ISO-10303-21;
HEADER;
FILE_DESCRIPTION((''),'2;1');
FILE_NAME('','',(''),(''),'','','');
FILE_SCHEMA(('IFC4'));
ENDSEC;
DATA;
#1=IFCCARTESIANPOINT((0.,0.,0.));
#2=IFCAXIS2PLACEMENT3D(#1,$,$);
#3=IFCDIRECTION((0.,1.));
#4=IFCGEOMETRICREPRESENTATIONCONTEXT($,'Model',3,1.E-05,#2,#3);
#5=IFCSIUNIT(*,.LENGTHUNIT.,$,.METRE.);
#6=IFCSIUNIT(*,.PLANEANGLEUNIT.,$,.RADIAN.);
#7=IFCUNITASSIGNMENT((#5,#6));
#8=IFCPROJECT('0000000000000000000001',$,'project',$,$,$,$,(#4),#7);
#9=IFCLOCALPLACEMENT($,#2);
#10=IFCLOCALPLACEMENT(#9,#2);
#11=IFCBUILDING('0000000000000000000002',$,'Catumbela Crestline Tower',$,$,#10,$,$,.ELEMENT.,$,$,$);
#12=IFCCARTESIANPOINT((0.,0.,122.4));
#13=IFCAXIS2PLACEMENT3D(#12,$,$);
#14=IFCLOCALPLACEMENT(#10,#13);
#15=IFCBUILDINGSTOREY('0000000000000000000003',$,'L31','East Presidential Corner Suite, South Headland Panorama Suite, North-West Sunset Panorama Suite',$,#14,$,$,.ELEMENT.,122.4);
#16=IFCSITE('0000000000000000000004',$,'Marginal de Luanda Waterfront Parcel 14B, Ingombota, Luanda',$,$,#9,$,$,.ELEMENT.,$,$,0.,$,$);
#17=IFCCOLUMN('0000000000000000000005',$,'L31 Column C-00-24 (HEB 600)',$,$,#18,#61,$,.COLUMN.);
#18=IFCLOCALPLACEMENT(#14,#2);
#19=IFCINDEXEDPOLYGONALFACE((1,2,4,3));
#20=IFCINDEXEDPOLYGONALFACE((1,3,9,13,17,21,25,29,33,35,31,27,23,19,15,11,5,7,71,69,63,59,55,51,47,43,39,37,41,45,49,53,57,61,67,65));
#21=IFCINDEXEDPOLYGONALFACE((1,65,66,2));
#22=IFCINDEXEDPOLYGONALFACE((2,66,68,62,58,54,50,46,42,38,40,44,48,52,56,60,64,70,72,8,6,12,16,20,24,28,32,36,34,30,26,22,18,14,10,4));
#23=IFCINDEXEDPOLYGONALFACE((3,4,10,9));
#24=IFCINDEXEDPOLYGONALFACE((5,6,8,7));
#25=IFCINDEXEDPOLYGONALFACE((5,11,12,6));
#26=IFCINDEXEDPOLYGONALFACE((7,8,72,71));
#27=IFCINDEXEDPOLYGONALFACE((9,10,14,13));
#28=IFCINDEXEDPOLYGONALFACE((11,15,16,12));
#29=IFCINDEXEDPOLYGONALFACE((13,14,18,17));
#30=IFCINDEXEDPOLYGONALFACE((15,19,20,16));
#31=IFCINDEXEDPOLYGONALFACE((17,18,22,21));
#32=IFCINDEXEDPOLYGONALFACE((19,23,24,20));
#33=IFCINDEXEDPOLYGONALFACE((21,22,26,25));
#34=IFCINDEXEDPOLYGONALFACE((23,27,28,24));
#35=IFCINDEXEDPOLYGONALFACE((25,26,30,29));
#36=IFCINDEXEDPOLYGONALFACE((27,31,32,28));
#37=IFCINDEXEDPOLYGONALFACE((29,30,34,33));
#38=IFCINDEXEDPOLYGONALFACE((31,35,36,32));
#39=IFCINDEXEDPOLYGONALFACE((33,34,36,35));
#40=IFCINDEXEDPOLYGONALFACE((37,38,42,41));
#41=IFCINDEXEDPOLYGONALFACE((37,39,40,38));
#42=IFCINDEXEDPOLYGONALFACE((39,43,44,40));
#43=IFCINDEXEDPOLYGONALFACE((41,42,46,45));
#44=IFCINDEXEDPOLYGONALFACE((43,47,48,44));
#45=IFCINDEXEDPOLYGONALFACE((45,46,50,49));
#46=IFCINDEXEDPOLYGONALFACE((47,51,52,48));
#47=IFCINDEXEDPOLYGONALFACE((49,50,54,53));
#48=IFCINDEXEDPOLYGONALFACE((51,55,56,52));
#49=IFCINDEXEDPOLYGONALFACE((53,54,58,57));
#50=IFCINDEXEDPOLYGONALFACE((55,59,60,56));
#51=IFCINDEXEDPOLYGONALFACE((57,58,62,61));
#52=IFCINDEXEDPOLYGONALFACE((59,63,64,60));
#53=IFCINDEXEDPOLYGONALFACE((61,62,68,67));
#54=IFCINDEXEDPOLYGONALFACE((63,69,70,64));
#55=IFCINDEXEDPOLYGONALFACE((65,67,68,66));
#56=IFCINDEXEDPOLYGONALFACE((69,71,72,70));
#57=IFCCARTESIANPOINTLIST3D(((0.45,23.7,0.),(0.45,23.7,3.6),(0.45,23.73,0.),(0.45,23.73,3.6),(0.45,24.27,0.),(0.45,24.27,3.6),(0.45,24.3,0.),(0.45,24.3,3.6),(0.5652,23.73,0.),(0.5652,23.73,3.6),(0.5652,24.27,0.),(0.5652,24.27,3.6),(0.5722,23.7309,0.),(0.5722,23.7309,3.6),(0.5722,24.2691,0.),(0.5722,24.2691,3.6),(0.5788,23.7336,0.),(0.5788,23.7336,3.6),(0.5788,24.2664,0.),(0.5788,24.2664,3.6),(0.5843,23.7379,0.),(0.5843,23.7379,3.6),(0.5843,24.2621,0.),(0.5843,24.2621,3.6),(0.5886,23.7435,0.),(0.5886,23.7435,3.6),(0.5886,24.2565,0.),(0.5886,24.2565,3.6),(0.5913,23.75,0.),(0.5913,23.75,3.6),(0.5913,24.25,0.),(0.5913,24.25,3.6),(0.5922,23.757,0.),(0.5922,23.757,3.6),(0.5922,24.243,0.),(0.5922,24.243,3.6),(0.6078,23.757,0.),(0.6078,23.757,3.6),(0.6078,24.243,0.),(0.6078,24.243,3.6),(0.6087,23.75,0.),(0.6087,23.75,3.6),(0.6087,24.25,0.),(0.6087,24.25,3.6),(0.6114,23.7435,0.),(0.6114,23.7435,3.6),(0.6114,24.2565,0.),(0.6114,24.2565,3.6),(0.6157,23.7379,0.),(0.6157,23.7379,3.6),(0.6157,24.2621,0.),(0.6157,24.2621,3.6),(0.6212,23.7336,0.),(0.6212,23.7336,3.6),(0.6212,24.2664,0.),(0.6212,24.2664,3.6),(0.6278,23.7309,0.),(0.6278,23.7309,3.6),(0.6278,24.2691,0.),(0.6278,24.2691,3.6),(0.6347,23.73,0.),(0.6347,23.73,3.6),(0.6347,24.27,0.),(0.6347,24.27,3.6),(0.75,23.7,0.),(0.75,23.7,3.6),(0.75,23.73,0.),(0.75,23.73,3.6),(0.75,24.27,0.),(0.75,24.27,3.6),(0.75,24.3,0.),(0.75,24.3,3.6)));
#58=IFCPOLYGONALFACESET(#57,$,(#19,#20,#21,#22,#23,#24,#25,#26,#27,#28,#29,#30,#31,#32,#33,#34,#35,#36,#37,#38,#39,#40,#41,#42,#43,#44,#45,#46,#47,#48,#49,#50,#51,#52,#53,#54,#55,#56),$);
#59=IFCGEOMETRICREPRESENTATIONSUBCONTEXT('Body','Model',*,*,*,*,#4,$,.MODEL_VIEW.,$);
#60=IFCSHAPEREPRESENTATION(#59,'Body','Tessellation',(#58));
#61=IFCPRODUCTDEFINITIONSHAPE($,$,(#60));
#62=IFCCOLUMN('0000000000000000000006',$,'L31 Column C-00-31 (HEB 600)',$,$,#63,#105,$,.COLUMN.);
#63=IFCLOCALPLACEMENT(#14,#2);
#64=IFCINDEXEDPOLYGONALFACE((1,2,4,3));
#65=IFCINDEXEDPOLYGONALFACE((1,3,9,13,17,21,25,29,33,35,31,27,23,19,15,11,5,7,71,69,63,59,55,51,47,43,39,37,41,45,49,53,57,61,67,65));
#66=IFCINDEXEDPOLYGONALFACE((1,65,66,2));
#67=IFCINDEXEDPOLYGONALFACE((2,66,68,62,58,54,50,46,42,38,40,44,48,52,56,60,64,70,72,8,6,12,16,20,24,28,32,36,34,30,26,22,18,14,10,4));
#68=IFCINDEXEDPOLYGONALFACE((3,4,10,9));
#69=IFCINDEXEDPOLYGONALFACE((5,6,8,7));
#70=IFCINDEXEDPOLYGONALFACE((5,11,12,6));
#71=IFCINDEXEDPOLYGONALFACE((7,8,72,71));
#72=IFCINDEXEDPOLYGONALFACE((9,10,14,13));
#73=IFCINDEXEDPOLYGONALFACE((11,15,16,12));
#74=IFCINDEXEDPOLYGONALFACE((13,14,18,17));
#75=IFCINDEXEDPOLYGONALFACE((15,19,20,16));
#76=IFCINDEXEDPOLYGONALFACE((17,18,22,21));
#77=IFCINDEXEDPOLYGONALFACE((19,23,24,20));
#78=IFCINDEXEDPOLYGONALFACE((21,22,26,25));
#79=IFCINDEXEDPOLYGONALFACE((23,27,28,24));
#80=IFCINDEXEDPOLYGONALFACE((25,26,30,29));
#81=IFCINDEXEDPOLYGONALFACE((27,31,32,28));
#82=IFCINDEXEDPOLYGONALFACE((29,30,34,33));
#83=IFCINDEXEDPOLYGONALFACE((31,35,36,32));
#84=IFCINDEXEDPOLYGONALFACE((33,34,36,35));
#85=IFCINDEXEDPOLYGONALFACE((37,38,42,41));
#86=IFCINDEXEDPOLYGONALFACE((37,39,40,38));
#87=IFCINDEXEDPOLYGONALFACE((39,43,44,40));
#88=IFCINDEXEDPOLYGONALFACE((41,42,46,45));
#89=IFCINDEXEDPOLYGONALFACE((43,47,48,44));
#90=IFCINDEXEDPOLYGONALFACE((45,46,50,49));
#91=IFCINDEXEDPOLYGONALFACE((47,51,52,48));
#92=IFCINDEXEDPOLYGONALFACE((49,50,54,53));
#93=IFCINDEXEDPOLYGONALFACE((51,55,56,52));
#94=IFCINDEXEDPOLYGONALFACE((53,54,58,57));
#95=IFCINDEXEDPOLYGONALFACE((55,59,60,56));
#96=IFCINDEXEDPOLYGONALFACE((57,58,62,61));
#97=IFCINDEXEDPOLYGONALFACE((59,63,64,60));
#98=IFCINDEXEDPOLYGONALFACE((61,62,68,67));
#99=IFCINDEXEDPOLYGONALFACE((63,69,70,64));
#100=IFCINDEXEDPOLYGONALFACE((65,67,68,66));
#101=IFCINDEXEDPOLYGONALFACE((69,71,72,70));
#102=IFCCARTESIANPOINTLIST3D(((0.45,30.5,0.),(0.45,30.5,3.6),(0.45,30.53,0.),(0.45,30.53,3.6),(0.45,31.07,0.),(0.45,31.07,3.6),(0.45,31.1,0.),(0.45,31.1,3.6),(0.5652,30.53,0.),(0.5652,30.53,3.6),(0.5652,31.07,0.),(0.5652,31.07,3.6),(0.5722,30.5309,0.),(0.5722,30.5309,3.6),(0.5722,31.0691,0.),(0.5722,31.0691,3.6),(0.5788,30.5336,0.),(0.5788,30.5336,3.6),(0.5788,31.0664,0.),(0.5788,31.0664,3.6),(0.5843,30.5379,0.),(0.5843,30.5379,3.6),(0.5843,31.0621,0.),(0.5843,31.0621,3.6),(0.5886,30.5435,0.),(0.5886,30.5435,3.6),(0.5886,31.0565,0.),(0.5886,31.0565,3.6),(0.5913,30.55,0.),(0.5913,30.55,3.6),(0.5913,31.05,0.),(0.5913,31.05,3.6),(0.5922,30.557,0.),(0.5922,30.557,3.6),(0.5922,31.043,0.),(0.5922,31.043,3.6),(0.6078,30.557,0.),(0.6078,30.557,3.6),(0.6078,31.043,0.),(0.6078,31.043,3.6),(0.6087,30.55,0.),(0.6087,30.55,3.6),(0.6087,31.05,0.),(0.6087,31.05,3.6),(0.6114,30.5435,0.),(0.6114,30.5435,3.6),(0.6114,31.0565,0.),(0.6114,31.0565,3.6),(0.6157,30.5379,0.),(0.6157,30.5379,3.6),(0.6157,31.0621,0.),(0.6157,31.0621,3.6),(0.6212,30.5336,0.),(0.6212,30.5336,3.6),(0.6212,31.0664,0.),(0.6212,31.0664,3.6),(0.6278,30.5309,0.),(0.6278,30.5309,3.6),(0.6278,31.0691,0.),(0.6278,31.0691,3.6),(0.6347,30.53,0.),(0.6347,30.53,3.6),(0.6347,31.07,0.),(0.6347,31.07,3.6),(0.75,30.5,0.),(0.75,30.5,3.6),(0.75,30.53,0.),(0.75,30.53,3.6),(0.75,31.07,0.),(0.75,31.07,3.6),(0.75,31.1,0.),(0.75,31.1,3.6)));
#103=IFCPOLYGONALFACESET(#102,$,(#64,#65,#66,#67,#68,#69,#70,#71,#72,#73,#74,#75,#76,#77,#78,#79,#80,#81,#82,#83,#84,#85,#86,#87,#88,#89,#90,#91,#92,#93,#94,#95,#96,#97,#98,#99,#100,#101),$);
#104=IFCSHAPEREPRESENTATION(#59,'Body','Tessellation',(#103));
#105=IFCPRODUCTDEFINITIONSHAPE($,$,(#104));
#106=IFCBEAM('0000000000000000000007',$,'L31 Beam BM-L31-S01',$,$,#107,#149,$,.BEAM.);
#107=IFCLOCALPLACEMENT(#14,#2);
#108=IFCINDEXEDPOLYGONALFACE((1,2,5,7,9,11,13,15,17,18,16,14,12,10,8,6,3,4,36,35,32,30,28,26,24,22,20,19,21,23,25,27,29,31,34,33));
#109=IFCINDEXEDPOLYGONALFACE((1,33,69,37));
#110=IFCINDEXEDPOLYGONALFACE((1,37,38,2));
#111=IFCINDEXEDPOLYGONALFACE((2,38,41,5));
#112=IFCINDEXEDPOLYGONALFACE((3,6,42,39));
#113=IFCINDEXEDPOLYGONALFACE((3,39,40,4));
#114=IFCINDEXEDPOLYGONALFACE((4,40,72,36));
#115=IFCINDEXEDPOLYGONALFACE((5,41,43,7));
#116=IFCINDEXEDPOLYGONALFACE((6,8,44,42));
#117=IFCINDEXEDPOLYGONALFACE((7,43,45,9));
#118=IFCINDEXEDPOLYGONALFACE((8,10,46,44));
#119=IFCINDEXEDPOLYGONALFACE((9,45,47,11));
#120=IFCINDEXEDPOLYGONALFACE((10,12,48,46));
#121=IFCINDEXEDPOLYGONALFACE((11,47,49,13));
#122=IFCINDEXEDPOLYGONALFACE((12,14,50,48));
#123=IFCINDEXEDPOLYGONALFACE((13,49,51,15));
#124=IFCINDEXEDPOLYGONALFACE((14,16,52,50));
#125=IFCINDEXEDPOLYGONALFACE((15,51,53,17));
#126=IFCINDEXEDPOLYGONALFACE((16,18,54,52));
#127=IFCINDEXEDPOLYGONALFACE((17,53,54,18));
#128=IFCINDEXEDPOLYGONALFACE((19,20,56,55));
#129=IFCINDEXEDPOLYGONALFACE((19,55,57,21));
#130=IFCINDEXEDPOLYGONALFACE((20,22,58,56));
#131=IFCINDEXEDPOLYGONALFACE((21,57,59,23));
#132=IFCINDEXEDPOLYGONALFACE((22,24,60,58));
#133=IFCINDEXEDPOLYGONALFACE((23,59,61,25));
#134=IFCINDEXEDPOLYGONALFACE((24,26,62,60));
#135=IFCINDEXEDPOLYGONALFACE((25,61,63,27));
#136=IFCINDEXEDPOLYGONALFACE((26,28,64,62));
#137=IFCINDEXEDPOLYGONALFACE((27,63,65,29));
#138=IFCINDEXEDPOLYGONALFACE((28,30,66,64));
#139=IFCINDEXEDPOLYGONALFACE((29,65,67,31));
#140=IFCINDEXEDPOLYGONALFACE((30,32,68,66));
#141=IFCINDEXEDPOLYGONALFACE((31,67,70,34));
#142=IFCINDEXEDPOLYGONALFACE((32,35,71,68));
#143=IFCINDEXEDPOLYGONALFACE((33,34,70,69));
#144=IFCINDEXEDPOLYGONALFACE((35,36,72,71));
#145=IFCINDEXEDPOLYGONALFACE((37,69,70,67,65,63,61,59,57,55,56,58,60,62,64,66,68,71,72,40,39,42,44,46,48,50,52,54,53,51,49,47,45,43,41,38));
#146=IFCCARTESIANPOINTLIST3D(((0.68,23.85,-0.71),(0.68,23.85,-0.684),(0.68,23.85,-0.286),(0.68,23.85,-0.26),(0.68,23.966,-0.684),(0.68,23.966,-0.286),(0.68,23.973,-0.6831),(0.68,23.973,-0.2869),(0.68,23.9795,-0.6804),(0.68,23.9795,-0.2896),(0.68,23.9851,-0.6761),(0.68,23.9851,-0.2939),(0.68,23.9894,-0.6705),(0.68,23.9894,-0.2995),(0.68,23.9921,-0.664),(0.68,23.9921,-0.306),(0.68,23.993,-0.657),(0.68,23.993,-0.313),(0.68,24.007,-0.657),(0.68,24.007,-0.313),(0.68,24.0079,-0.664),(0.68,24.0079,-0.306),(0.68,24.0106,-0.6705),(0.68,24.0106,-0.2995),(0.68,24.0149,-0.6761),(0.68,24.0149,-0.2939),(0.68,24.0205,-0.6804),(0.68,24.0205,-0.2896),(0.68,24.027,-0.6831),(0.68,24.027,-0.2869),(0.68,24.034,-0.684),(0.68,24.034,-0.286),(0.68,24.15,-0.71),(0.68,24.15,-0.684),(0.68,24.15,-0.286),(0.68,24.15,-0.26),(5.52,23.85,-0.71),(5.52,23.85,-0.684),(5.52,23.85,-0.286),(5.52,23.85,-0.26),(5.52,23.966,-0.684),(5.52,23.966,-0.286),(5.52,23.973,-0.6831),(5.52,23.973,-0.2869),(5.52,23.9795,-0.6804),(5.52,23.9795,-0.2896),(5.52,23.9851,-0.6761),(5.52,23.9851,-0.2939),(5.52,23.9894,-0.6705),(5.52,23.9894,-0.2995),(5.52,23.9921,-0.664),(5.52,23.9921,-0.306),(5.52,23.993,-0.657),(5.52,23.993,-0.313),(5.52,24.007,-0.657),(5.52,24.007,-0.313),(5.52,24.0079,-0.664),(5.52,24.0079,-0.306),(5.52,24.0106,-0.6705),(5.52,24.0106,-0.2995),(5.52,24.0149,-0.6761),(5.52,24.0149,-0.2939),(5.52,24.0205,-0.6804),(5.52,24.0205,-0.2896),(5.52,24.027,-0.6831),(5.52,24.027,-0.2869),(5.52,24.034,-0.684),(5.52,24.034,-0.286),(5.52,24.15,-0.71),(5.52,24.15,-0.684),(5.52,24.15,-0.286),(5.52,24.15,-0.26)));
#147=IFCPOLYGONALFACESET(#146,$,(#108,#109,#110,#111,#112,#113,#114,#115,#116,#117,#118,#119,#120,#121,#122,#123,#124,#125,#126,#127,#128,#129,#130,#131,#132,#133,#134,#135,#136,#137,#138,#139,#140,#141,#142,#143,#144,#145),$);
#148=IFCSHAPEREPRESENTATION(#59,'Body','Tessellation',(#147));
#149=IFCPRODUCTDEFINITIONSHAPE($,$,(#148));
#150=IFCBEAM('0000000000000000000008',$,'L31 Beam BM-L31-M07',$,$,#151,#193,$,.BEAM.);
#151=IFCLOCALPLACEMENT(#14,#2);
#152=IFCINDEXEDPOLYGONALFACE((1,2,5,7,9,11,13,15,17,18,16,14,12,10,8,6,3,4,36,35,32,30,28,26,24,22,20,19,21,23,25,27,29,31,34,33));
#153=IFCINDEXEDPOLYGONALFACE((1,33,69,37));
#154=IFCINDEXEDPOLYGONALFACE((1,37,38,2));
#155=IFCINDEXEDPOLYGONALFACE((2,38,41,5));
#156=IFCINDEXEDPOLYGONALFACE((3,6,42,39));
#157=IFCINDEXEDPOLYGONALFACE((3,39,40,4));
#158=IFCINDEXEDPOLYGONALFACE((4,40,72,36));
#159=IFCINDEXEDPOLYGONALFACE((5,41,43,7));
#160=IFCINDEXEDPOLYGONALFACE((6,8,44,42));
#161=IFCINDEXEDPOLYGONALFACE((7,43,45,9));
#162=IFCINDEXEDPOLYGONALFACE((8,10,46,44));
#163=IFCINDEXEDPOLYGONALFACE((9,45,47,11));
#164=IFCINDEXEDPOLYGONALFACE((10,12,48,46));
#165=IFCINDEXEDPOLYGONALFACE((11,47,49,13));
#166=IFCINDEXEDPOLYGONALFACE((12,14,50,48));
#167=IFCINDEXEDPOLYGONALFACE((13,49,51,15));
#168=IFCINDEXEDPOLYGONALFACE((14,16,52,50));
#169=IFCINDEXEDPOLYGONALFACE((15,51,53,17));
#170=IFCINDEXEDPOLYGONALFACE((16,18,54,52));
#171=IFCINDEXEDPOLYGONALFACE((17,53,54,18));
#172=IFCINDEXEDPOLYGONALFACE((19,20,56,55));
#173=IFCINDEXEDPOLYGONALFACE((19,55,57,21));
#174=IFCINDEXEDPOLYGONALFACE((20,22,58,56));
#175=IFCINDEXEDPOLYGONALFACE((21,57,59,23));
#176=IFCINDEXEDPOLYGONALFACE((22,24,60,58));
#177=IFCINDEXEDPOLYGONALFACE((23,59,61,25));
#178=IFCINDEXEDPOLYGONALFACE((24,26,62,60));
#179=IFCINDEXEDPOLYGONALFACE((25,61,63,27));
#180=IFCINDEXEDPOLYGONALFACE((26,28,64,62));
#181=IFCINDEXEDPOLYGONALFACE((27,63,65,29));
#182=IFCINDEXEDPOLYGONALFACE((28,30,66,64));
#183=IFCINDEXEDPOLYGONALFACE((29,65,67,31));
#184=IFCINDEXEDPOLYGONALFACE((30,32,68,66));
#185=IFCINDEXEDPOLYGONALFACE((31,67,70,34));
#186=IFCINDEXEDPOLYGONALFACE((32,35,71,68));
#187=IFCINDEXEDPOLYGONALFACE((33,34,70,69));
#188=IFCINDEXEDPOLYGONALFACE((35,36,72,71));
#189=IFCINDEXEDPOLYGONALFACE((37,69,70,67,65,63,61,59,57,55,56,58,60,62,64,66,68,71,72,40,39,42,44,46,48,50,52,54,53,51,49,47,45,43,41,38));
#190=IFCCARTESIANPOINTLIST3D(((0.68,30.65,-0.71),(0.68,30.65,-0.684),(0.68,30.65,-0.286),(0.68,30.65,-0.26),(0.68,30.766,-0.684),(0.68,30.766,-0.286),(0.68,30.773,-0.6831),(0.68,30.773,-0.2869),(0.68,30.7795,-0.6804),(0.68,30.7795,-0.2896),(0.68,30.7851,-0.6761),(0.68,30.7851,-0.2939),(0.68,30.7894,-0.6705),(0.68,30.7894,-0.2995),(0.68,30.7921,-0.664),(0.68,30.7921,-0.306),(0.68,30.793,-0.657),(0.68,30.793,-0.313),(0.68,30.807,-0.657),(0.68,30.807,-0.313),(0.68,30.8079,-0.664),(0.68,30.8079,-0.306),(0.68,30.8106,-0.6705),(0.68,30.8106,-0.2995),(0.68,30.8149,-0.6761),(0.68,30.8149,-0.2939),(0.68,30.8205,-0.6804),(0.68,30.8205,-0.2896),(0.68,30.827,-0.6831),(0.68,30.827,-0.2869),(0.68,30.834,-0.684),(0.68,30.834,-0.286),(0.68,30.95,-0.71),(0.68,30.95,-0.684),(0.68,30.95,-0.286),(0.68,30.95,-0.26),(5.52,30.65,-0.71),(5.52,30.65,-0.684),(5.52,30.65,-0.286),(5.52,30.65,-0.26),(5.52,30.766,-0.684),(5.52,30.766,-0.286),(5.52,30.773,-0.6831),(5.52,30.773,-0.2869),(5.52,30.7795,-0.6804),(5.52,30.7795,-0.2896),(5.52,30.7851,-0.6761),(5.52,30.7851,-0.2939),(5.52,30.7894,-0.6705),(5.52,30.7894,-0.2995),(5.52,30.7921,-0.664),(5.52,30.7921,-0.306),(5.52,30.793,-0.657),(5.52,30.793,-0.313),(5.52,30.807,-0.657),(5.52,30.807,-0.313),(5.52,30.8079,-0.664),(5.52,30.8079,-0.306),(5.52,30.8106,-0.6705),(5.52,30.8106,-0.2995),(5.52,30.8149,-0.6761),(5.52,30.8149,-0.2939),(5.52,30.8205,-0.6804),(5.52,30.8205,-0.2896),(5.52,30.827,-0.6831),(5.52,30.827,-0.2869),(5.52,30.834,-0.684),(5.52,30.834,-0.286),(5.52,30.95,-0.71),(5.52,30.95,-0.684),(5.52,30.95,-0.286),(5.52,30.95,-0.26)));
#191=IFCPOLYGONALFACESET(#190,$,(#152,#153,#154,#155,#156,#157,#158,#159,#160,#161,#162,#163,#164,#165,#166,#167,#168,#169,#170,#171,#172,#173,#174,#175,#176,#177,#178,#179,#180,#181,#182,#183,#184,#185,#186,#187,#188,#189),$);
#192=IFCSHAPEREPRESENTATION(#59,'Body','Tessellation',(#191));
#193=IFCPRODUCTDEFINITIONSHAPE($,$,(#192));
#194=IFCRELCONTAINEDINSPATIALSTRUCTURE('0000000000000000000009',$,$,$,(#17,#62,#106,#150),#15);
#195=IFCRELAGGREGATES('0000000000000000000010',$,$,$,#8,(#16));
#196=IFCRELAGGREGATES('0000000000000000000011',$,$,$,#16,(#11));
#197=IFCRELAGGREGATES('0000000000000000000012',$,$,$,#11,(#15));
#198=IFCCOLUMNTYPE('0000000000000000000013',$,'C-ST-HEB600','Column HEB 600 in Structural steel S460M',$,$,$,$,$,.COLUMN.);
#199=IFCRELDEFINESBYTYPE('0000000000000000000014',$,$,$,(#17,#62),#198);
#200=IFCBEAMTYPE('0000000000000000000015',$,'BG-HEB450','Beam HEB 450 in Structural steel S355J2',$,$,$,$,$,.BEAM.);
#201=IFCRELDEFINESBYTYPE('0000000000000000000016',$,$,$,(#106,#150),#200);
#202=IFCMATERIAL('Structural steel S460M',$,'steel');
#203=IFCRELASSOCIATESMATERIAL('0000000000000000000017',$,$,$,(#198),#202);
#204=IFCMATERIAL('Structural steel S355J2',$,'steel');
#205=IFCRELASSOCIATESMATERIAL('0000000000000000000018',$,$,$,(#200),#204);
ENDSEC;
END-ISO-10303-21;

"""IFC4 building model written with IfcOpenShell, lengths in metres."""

from ifc_helpers import new_model, si_unit, direction, frame, origin, origin_2d, place, context, subcontext, project, spatial, i_section, extrude, material, material_profile, profile_set, type_object, element, save


model = new_model("IFC4")

# Units and contexts
model_context = context("Model", 3, precision=1e-05, world=origin(), true_north=direction((0.0, 1.0)))
body_context = subcontext(model_context, "Body", "Model", "MODEL_VIEW")
ifc_project = project(units=[si_unit("LENGTHUNIT", "METRE"), si_unit("PLANEANGLEUNIT", "RADIAN")], contexts=[model_context])

# Site, building, storey
site_placement = place(None, origin())
site = spatial("IfcSite", under=ifc_project, at=site_placement, Name="Marginal de Luanda Waterfront Parcel 14B, Ingombota, Luanda", CompositionType="ELEMENT", RefElevation=0.0)
building_placement = place(site_placement, origin())
building = spatial("IfcBuilding", under=site, at=building_placement, Name="Catumbela Crestline Tower", CompositionType="ELEMENT")
storey_placement = place(building_placement, frame((0.0, 0.0, 122.4)))
storey = spatial("IfcBuildingStorey", under=building, at=storey_placement, Name="L31", Description="East Presidential Corner Suite, South Headland Panorama Suite, North-West Sunset Panorama Suite", CompositionType="ELEMENT", Elevation=122.4)

# Columns
ifc_material_1 = material(Name="Structural steel S460M", Category="steel")
ifc_material_profile_1 = material_profile(ifc_material_1, i_section(OverallWidth=0.3, OverallDepth=0.6, WebThickness=0.0155, FlangeThickness=0.03, FilletRadius=0.027, at=origin_2d()), Name="HEB 600")
ifc_profile_set_1 = profile_set([ifc_material_profile_1], Name="Structural steel S460M")
column_type = type_object("IfcColumnType", Name="C-ST-HEB600", Description="Column HEB 600 in Structural steel S460M", PredefinedType="COLUMN", material=ifc_profile_set_1)
for number, where, z_axis, x_axis, name in (
    (1, (0.6, 24.0, 0.0), (0.0, 0.0, 1.0), (1.0, 0.0, 0.0), "L31 Column C-00-24 (HEB 600)"),
    (2, (0.6, 30.8, 0.0), (0.0, 0.0, 1.0), (1.0, 0.0, 0.0), "L31 Column C-00-31 (HEB 600)"),
):
    element("IfcColumn", number, at=place(storey_placement, frame(where, z_axis=z_axis, x_axis=x_axis)), inside=storey, type_object=column_type, Name=name, PredefinedType="COLUMN", context=body_context, shape_type="SweptSolid", body=[
        extrude(i_section(OverallWidth=0.3, OverallDepth=0.6, WebThickness=0.0155, FlangeThickness=0.03, FilletRadius=0.027, at=origin_2d()), origin(), (0.0, 0.0, 1.0), 3.6),
    ])

# Beams
ifc_material_2 = material(Name="Structural steel S355J2", Category="steel")
ifc_material_profile_2 = material_profile(ifc_material_2, i_section(OverallWidth=0.3, OverallDepth=0.45, WebThickness=0.014, FlangeThickness=0.026, FilletRadius=0.027, at=origin_2d()), Name="HEB 450")
ifc_profile_set_2 = profile_set([ifc_material_profile_2], Name="Structural steel S355J2")
beam_type_1 = type_object("IfcBeamType", Name="BG-HEB450", Description="Beam HEB 450 in Structural steel S355J2", PredefinedType="BEAM", material=ifc_profile_set_2)
for number, where, z_axis, x_axis, name in (
    (3, (0.68, 24.0, -0.485), (1.0, 0.0, 0.0), (0.0, 1.0, 0.0), "L31 Beam BM-L31-S01"),
    (4, (0.68, 30.8, -0.485), (1.0, 0.0, 0.0), (0.0, 1.0, 0.0), "L31 Beam BM-L31-M07"),
):
    element("IfcBeam", number, at=place(storey_placement, frame(where, z_axis=z_axis, x_axis=x_axis)), inside=storey, type_object=beam_type_1, Name=name, PredefinedType="BEAM", context=body_context, shape_type="SweptSolid", body=[
        extrude(i_section(OverallWidth=0.3, OverallDepth=0.45, WebThickness=0.014, FlangeThickness=0.026, FilletRadius=0.027, at=origin_2d()), origin(), (0.0, 0.0, 1.0), 4.84),
    ])

save(model, "model.ifc")
